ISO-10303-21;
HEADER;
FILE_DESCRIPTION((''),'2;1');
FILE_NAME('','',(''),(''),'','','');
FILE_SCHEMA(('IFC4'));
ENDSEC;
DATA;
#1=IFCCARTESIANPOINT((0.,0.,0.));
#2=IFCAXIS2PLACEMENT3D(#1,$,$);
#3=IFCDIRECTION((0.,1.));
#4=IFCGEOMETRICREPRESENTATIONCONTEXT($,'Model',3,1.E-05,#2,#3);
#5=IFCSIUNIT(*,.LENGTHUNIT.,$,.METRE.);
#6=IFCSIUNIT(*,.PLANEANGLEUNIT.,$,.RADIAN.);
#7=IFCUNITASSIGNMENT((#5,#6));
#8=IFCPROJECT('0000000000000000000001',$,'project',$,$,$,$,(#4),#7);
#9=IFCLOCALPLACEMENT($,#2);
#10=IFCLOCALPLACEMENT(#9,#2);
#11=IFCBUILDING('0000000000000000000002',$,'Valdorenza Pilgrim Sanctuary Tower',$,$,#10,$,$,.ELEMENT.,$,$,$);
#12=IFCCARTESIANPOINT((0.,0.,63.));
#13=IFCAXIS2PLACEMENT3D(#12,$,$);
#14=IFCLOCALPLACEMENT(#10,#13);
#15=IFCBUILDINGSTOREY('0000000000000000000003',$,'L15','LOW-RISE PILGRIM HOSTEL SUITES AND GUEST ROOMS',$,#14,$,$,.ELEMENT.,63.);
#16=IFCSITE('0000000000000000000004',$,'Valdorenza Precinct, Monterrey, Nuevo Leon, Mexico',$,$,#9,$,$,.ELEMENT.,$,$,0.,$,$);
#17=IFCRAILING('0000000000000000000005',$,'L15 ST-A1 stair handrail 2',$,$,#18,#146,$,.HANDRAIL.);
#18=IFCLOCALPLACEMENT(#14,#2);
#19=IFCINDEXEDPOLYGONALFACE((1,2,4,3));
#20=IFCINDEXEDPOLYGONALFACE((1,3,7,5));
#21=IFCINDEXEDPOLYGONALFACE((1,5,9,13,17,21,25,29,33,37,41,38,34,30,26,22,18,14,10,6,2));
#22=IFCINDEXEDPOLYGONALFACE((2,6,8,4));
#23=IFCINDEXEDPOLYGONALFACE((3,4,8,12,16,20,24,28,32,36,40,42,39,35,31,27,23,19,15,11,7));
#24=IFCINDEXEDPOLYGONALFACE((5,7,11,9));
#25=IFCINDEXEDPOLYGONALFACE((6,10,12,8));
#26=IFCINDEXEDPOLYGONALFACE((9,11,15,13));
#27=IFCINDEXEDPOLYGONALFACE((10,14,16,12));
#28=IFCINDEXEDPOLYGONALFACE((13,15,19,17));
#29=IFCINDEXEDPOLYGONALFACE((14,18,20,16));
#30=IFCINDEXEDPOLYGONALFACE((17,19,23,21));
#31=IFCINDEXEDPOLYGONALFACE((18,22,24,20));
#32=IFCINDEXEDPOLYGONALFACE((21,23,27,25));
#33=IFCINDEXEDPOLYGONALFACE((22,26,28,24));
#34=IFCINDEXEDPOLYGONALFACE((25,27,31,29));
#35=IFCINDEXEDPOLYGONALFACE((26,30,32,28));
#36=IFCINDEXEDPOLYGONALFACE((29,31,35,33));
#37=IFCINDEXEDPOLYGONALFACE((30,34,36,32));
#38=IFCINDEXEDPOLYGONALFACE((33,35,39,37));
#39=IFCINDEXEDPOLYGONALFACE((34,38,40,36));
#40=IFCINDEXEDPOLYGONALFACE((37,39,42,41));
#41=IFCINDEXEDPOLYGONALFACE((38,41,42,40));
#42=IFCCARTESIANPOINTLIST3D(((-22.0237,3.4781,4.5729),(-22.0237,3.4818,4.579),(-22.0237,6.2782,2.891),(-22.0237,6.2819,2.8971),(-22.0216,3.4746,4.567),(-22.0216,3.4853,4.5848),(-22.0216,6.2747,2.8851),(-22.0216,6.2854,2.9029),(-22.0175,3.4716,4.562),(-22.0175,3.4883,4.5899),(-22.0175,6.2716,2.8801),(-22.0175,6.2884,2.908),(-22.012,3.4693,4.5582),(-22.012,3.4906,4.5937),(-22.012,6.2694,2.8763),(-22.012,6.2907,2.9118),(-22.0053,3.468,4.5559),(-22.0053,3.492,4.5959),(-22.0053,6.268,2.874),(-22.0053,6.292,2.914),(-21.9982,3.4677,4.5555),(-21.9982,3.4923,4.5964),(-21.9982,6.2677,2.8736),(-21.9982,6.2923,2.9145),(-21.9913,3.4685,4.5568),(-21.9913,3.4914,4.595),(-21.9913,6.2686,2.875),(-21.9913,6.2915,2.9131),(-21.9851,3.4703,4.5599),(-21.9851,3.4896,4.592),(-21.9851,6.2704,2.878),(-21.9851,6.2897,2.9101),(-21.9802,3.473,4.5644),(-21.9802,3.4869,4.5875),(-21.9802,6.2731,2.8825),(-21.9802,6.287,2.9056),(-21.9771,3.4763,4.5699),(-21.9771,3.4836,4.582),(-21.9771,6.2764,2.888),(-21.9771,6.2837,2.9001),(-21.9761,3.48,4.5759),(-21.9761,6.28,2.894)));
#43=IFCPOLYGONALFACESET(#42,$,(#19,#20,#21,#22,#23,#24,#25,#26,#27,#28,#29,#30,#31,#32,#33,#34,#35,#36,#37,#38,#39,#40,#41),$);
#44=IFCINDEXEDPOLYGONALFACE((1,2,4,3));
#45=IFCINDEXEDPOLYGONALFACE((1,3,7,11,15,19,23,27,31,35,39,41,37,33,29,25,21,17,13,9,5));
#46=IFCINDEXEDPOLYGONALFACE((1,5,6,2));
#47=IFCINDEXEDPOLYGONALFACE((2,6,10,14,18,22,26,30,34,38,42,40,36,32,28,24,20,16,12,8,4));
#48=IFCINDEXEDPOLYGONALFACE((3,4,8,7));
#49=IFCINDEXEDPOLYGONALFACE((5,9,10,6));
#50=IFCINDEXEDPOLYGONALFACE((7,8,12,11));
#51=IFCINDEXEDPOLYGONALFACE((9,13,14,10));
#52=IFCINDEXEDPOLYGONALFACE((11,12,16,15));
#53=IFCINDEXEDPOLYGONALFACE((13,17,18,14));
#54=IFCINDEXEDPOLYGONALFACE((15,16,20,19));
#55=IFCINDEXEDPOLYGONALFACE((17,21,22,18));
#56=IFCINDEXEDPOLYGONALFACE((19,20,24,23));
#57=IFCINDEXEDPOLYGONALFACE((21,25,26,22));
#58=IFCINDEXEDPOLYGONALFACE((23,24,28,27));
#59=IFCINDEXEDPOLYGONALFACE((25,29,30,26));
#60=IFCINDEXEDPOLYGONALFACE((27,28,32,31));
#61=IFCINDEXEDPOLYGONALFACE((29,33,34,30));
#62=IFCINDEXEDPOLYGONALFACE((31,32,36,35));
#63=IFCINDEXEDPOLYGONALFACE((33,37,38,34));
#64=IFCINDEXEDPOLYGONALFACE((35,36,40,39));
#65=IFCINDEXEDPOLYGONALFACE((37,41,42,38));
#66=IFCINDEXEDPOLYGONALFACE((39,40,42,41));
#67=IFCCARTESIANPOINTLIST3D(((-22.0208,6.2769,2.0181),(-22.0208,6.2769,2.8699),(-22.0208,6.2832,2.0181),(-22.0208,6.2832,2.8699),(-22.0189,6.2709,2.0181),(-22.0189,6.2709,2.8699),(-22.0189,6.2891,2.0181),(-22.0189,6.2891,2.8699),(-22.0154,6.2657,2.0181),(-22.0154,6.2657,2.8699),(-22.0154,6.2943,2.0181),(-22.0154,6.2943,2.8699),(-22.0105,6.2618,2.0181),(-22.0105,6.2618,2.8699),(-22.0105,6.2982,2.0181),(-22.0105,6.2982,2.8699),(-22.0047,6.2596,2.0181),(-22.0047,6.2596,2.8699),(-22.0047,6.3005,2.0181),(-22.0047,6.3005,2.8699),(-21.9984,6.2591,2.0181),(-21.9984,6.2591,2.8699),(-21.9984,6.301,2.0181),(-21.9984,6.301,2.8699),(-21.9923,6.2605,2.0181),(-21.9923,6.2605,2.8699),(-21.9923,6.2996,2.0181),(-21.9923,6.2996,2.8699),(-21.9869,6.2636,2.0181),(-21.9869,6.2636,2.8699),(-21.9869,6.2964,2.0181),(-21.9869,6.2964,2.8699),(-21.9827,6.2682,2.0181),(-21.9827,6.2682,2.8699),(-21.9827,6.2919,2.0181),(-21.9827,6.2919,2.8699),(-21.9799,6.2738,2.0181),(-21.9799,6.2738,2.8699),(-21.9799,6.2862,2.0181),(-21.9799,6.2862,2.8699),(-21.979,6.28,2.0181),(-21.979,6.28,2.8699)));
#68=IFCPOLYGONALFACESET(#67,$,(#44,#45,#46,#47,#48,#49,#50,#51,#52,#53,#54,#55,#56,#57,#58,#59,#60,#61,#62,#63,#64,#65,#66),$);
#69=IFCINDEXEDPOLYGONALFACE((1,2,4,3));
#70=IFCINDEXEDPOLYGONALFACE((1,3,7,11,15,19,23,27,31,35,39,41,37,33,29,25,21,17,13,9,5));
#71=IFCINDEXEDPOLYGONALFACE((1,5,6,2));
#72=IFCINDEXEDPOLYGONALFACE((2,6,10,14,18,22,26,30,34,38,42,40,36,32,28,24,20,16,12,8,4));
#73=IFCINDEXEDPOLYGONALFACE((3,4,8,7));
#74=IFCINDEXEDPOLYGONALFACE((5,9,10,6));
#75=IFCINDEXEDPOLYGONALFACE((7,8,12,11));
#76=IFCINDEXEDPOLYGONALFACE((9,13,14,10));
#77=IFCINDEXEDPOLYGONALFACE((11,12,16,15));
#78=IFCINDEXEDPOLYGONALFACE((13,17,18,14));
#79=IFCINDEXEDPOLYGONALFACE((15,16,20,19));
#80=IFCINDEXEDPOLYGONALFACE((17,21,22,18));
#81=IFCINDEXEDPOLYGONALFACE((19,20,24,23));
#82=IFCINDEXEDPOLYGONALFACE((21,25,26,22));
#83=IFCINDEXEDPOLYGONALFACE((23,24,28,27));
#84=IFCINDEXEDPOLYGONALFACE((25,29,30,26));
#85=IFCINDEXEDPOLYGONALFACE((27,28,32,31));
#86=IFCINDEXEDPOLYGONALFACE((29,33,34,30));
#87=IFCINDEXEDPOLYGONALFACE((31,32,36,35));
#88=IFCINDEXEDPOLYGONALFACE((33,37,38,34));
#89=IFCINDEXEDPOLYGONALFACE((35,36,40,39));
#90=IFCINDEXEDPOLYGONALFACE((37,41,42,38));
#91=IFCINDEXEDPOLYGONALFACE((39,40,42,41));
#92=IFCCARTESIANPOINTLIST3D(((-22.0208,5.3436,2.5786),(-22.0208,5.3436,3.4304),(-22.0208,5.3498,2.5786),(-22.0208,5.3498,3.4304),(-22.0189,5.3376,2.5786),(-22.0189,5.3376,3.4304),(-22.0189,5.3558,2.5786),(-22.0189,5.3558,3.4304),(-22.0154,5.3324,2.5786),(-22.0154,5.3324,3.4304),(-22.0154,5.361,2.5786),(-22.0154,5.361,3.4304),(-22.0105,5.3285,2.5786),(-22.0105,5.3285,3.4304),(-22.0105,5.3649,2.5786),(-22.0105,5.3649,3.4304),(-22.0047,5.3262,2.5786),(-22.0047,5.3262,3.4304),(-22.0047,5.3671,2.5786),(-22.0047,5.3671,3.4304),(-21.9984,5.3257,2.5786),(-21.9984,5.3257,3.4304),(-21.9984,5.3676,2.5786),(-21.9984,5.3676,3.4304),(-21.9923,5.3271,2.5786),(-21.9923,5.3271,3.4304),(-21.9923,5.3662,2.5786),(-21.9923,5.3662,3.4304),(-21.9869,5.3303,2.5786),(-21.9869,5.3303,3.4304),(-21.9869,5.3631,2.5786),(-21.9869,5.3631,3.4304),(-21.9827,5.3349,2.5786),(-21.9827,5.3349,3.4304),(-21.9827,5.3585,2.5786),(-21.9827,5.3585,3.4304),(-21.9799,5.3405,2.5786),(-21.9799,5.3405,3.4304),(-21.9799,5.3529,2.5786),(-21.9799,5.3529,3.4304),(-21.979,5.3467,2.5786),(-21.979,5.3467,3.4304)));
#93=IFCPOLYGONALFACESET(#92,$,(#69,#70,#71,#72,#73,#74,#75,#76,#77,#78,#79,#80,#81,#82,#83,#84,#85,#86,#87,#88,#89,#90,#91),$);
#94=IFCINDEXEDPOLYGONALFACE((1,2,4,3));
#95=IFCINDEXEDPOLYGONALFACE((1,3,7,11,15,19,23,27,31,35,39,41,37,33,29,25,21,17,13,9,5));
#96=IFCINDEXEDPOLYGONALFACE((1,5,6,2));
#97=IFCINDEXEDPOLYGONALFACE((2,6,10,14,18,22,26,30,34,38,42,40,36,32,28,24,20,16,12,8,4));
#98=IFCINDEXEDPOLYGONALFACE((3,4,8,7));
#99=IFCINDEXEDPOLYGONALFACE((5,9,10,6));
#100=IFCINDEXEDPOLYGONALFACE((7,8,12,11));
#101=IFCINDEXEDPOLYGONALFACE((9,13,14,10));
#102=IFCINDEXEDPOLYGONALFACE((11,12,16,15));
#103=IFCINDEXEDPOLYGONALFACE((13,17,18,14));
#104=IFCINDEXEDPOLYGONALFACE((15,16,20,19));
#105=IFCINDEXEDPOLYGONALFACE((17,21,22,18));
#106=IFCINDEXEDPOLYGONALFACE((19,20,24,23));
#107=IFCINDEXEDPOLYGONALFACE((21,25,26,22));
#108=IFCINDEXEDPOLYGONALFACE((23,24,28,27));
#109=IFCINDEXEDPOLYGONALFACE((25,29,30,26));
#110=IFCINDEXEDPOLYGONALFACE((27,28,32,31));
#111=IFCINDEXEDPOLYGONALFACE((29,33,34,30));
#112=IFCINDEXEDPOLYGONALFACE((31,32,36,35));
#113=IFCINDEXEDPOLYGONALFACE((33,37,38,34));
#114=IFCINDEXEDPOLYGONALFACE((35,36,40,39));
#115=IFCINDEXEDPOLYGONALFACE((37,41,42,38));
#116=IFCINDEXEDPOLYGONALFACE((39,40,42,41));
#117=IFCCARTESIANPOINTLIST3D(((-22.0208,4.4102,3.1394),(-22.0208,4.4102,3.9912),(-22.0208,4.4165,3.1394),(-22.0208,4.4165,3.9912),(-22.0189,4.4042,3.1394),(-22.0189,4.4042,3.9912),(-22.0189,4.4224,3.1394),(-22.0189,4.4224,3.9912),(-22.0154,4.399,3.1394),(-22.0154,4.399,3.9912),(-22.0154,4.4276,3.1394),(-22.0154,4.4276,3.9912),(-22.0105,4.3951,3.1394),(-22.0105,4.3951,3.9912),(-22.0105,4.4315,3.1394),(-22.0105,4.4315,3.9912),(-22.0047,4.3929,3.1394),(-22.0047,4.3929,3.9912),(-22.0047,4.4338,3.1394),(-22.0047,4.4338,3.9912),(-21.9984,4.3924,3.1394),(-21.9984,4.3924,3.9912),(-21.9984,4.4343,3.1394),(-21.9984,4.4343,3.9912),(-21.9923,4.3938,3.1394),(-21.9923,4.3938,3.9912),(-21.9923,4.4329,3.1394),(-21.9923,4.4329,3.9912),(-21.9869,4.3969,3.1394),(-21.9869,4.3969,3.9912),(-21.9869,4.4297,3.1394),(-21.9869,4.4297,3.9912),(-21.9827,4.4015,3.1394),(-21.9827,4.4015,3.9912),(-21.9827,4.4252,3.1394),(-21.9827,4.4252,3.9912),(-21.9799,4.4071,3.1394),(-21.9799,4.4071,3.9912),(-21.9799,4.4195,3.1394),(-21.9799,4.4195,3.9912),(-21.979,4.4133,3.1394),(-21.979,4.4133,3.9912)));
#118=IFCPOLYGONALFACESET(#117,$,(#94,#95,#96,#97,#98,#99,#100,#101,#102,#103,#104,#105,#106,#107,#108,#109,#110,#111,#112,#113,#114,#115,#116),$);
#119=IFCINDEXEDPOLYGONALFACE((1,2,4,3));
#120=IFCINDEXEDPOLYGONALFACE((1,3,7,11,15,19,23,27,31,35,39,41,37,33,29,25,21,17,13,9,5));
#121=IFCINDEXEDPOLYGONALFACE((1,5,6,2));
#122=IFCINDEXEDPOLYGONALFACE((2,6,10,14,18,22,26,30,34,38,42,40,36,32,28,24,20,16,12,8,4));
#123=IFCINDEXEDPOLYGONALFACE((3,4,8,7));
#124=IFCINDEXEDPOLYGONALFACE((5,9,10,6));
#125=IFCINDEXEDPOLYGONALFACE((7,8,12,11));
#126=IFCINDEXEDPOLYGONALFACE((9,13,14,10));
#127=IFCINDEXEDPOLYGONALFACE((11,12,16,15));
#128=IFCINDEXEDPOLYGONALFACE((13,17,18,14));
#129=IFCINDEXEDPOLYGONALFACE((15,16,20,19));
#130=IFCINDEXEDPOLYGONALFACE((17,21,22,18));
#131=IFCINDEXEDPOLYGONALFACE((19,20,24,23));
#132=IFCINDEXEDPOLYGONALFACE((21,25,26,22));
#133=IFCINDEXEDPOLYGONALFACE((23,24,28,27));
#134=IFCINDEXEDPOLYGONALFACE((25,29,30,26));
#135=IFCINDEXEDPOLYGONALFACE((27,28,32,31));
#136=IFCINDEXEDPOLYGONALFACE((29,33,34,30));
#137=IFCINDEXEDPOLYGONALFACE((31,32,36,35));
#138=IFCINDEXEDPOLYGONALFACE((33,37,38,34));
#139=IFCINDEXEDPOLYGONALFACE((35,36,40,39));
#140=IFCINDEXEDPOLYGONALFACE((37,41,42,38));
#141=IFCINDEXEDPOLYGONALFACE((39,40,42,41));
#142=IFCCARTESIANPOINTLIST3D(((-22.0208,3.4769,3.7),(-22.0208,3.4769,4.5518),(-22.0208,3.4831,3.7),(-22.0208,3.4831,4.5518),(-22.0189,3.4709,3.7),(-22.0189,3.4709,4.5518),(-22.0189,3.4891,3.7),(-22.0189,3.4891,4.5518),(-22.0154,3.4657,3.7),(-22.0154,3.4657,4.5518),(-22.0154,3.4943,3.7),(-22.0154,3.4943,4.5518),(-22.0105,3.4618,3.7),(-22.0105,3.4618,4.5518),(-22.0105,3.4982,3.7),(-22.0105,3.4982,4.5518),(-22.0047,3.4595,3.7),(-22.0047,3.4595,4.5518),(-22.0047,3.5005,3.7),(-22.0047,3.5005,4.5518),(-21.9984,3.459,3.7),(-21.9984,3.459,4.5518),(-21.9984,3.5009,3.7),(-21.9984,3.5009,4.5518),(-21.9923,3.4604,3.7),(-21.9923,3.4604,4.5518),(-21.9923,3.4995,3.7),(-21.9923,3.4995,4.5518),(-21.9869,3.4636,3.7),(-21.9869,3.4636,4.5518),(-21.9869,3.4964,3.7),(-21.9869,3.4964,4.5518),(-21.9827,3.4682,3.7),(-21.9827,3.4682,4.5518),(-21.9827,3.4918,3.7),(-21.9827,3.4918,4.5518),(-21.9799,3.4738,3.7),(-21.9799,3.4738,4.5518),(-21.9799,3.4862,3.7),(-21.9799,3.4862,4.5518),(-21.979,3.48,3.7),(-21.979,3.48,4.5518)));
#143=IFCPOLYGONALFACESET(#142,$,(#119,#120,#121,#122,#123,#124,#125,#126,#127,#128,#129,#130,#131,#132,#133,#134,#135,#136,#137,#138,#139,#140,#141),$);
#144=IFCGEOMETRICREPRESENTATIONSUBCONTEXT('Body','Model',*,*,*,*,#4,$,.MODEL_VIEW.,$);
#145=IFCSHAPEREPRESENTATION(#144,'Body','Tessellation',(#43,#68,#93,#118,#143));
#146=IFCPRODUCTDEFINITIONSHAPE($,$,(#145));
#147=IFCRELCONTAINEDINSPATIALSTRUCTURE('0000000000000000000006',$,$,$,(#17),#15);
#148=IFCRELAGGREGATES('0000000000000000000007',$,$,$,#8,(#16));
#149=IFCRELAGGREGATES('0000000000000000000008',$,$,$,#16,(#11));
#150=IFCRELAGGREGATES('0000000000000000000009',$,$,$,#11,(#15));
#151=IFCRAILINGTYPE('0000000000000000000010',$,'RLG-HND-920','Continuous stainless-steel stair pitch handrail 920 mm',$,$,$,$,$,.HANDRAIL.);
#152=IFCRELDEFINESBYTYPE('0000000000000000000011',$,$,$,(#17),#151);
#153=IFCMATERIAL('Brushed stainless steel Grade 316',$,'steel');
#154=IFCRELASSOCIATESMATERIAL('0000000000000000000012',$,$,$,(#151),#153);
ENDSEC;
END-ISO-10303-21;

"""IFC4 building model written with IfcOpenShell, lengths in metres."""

from ifc_helpers import new_model, si_unit, direction, frame, origin, origin_2d, place, context, subcontext, project, spatial, circle, extrude, material, type_object, element, save


model = new_model("IFC4")

# Units and contexts
model_context = context("Model", 3, precision=1e-05, world=origin(), true_north=direction((0.0, 1.0)))
body_context = subcontext(model_context, "Body", "Model", "MODEL_VIEW")
ifc_project = project(units=[si_unit("LENGTHUNIT", "METRE"), si_unit("PLANEANGLEUNIT", "RADIAN")], contexts=[model_context])

# Site, building, storey
site_placement = place(None, origin())
site = spatial("IfcSite", under=ifc_project, at=site_placement, Name="Valdorenza Precinct, Monterrey, Nuevo Leon, Mexico", CompositionType="ELEMENT", RefElevation=0.0)
building_placement = place(site_placement, origin())
building = spatial("IfcBuilding", under=site, at=building_placement, Name="Valdorenza Pilgrim Sanctuary Tower", CompositionType="ELEMENT")
storey_placement = place(building_placement, frame((0.0, 0.0, 63.0)))
storey = spatial("IfcBuildingStorey", under=building, at=storey_placement, Name="L15", Description="LOW-RISE PILGRIM HOSTEL SUITES AND GUEST ROOMS", CompositionType="ELEMENT", Elevation=63.0)

# Railing
ifc_material_1 = material(Name="Brushed stainless steel Grade 316", Category="steel")
railing_type_1 = type_object("IfcRailingType", Name="RLG-HND-920", Description="Continuous stainless-steel stair pitch handrail 920 mm", PredefinedType="HANDRAIL", material=ifc_material_1)
railing_1_placement = place(storey_placement, frame((-22.0, 6.28, 2.0181)))
element("IfcRailing", 1, at=railing_1_placement, inside=storey, type_object=railing_type_1, Name="L15 ST-A1 stair handrail 2", PredefinedType="HANDRAIL", context=body_context, shape_type="SweptSolid", body=[
    extrude(circle(Radius=0.0239, at=origin_2d()), frame((0.0, 0.0, 0.876), z_axis=(0.0, -0.857242, 0.514913), x_axis=(1.0, 0.0, 0.0)), (0.0, 0.0, 1.0), 3.2664),
    extrude(circle(Radius=0.021, at=origin_2d()), origin(), (0.0, 0.0, 1.0), 0.8518),
    extrude(circle(Radius=0.021, at=origin_2d()), frame((0.0, -0.9333, 0.5605)), (0.0, 0.0, 1.0), 0.8518),
    extrude(circle(Radius=0.021, at=origin_2d()), frame((0.0, -1.8667, 1.1213)), (0.0, 0.0, 1.0), 0.8518),
    extrude(circle(Radius=0.021, at=origin_2d()), frame((0.0, -2.8, 1.6819)), (0.0, 0.0, 1.0), 0.8518),
])

save(model, "model.ifc")
